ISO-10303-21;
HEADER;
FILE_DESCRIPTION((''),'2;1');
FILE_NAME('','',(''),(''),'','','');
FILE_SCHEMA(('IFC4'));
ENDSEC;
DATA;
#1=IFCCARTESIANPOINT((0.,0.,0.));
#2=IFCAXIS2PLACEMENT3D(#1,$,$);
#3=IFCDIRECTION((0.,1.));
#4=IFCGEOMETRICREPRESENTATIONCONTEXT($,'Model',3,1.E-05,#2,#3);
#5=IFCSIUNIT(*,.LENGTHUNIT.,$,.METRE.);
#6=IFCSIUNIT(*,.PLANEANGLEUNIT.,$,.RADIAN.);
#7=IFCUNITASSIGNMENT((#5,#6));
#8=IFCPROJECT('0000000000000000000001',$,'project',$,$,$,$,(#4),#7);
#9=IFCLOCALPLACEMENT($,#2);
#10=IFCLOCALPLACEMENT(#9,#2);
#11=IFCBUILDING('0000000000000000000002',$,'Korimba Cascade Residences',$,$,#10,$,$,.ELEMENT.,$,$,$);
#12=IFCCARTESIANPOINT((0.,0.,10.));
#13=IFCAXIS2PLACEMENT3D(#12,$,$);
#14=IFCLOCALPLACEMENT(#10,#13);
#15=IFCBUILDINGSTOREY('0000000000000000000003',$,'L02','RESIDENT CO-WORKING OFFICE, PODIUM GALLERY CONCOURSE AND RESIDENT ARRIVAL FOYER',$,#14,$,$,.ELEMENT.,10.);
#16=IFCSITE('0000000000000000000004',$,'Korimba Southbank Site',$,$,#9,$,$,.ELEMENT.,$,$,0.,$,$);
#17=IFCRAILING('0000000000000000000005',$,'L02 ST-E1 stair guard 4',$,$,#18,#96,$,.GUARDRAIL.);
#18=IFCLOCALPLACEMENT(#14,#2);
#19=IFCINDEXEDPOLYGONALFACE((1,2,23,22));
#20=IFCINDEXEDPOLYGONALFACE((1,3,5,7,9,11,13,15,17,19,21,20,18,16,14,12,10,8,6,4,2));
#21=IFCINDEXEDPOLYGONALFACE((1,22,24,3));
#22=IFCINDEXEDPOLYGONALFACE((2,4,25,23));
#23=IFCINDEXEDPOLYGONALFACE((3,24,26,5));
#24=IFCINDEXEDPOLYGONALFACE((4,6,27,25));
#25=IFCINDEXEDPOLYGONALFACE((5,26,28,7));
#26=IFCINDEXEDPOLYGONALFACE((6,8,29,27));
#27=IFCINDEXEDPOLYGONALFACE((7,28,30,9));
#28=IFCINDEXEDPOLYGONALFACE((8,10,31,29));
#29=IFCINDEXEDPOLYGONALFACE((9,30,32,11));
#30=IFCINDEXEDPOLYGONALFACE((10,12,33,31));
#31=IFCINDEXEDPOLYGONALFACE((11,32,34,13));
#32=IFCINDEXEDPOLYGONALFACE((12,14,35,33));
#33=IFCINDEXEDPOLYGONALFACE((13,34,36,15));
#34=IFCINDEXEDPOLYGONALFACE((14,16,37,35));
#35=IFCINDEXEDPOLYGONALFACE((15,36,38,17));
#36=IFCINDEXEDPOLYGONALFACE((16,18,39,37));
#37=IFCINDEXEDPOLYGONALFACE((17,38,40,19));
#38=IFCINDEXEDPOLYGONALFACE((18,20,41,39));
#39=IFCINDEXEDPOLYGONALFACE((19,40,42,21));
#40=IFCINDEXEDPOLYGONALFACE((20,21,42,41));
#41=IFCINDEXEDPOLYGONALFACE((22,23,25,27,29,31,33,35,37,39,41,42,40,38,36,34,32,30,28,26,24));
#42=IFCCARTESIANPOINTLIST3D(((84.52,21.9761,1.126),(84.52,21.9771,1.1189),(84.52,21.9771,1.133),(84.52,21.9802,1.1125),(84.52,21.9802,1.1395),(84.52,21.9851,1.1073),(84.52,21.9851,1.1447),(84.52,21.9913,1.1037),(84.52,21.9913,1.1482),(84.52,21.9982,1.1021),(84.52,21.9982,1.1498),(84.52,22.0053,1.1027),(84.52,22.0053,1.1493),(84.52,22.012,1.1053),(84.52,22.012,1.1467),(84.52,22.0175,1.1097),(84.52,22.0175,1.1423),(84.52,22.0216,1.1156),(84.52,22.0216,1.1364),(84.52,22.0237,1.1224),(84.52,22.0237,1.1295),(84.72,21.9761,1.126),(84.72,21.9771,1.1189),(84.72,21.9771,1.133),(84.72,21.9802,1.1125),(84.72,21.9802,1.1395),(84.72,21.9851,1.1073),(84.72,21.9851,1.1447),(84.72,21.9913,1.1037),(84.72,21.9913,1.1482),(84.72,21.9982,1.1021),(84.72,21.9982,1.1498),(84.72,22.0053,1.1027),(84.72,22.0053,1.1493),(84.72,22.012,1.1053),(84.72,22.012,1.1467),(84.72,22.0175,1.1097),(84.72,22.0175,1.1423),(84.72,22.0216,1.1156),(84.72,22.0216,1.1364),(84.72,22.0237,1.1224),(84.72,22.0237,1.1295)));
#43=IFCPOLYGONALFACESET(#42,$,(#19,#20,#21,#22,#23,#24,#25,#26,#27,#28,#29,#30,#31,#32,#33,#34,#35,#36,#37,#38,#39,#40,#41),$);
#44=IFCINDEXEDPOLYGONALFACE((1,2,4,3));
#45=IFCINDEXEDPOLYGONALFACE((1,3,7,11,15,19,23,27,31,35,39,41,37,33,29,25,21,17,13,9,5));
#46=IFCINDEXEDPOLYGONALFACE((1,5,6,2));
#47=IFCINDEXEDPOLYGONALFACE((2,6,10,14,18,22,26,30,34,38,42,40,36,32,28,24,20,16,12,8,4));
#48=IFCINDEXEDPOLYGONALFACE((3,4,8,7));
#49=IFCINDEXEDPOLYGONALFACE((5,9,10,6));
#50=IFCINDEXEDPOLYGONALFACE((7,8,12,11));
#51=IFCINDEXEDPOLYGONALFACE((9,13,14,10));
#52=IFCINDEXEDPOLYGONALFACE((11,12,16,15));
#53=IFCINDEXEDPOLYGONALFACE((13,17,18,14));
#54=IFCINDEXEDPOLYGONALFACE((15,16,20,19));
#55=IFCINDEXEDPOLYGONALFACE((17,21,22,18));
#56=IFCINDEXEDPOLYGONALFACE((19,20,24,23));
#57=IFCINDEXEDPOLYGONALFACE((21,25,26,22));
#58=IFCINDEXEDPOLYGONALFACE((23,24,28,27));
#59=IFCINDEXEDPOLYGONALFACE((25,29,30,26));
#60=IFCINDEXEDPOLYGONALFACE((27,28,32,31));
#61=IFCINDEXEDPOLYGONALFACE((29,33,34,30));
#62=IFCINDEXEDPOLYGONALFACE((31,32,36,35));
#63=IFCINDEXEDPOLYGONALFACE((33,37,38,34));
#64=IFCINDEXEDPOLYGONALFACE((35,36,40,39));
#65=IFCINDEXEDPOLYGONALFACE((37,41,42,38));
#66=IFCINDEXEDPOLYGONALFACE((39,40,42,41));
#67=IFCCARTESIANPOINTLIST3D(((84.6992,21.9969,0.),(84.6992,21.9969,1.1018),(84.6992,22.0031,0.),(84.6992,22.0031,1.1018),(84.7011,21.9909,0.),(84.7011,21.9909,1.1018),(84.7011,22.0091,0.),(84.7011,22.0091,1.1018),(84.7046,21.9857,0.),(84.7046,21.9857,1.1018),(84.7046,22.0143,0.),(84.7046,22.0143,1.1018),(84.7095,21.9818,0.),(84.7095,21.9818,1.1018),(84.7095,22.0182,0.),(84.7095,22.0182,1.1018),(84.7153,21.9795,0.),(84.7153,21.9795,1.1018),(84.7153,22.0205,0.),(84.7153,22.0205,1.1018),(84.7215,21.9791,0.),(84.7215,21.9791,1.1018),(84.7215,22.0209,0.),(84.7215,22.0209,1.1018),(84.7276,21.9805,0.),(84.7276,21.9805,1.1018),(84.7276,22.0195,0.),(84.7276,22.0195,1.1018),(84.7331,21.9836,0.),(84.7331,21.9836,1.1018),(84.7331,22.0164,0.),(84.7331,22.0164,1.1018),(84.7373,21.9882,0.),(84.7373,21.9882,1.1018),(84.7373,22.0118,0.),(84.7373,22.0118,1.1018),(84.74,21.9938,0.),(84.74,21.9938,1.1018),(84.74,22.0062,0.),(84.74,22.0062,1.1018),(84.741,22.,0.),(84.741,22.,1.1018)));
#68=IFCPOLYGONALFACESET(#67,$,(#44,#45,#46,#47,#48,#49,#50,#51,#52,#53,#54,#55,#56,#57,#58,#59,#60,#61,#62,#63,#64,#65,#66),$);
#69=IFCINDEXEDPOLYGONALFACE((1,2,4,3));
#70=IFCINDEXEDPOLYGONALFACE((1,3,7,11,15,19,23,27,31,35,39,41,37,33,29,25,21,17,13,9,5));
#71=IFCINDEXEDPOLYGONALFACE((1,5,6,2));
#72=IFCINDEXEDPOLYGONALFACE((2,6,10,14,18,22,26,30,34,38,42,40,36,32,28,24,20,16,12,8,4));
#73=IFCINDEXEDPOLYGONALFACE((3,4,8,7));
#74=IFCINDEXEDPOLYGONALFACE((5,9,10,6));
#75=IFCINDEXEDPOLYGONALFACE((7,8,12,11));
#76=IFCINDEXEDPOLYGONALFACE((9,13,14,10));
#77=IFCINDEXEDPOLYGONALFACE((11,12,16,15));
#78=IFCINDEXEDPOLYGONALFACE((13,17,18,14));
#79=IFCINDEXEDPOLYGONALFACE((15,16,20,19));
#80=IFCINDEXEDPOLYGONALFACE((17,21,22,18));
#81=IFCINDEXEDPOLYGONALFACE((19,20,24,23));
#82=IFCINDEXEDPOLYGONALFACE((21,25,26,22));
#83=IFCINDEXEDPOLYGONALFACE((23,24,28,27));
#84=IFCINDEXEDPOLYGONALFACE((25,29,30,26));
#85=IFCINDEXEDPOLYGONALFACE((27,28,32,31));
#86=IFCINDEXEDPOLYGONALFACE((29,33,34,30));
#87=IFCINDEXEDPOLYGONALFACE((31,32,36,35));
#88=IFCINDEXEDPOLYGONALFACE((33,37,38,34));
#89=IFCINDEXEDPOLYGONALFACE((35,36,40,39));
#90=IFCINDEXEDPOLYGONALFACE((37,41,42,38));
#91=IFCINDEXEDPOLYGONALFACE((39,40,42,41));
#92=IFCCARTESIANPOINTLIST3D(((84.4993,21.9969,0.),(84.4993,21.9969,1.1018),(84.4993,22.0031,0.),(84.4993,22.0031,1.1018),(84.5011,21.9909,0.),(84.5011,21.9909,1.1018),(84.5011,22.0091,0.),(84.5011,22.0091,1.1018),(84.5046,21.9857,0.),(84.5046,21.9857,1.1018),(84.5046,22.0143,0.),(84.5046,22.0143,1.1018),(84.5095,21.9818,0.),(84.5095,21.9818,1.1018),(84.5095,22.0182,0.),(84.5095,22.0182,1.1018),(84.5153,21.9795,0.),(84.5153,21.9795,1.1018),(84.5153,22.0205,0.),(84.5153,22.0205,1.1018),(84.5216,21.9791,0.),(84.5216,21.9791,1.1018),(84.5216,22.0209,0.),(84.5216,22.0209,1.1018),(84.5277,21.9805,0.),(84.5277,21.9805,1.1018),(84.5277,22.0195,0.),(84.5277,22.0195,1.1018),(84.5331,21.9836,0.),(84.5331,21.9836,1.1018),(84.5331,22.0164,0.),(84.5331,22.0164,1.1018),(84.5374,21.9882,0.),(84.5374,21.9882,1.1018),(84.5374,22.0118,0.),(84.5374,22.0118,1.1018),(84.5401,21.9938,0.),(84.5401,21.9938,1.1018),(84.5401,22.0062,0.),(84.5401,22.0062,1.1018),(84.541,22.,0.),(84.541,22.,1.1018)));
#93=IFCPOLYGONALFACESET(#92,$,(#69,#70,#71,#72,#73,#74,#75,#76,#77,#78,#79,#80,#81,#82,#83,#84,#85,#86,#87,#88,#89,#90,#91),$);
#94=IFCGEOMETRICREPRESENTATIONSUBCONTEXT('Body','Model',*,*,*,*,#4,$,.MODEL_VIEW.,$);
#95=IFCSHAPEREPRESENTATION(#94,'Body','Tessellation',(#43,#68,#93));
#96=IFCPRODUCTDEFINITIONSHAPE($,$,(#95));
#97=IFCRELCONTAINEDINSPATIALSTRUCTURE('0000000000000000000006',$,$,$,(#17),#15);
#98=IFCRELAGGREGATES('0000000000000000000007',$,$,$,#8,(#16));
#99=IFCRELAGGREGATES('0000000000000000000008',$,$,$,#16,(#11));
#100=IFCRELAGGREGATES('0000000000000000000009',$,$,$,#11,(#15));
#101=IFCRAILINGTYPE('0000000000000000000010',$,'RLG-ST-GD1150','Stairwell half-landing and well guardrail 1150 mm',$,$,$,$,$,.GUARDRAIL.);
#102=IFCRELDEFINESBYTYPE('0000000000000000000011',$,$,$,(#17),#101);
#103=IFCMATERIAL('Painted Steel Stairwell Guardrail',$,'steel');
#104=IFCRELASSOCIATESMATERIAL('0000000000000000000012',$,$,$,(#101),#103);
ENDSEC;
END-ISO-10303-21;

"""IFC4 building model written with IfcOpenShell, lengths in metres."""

from ifc_helpers import new_model, si_unit, direction, frame, origin, origin_2d, place, context, subcontext, project, spatial, circle, extrude, material, type_object, element, save


model = new_model("IFC4")

# Units and contexts
model_context = context("Model", 3, precision=1e-05, world=origin(), true_north=direction((0.0, 1.0)))
body_context = subcontext(model_context, "Body", "Model", "MODEL_VIEW")
ifc_project = project(units=[si_unit("LENGTHUNIT", "METRE"), si_unit("PLANEANGLEUNIT", "RADIAN")], contexts=[model_context])

# Site, building, storey
site_placement = place(None, origin())
site = spatial("IfcSite", under=ifc_project, at=site_placement, Name="Korimba Southbank Site", CompositionType="ELEMENT", RefElevation=0.0)
building_placement = place(site_placement, origin())
building = spatial("IfcBuilding", under=site, at=building_placement, Name="Korimba Cascade Residences", CompositionType="ELEMENT")
storey_placement = place(building_placement, frame((0.0, 0.0, 10.0)))
storey = spatial("IfcBuildingStorey", under=building, at=storey_placement, Name="L02", Description="RESIDENT CO-WORKING OFFICE, PODIUM GALLERY CONCOURSE AND RESIDENT ARRIVAL FOYER", CompositionType="ELEMENT", Elevation=10.0)

# Railing
ifc_material_1 = material(Name="Painted Steel Stairwell Guardrail", Category="steel")
railing_type_1 = type_object("IfcRailingType", Name="RLG-ST-GD1150", Description="Stairwell half-landing and well guardrail 1150 mm", PredefinedType="GUARDRAIL", material=ifc_material_1)
railing_1_placement = place(storey_placement, frame((84.72, 22.0, 0.0)))
element("IfcRailing", 1, at=railing_1_placement, inside=storey, type_object=railing_type_1, Name="L02 ST-E1 stair guard 4", PredefinedType="GUARDRAIL", context=body_context, shape_type="SweptSolid", body=[
    extrude(circle(Radius=0.0239, at=origin_2d()), frame((0.0, 0.0, 1.126), z_axis=(-1.0, 0.0, 0.0), x_axis=(0.0, -1.0, 0.0)), (0.0, 0.0, 1.0), 0.2),
    extrude(circle(Radius=0.021, at=origin_2d()), origin(), (0.0, 0.0, 1.0), 1.1018),
    extrude(circle(Radius=0.021, at=origin_2d()), frame((-0.2, 0.0, 0.0)), (0.0, 0.0, 1.0), 1.1018),
])

save(model, "model.ifc")
